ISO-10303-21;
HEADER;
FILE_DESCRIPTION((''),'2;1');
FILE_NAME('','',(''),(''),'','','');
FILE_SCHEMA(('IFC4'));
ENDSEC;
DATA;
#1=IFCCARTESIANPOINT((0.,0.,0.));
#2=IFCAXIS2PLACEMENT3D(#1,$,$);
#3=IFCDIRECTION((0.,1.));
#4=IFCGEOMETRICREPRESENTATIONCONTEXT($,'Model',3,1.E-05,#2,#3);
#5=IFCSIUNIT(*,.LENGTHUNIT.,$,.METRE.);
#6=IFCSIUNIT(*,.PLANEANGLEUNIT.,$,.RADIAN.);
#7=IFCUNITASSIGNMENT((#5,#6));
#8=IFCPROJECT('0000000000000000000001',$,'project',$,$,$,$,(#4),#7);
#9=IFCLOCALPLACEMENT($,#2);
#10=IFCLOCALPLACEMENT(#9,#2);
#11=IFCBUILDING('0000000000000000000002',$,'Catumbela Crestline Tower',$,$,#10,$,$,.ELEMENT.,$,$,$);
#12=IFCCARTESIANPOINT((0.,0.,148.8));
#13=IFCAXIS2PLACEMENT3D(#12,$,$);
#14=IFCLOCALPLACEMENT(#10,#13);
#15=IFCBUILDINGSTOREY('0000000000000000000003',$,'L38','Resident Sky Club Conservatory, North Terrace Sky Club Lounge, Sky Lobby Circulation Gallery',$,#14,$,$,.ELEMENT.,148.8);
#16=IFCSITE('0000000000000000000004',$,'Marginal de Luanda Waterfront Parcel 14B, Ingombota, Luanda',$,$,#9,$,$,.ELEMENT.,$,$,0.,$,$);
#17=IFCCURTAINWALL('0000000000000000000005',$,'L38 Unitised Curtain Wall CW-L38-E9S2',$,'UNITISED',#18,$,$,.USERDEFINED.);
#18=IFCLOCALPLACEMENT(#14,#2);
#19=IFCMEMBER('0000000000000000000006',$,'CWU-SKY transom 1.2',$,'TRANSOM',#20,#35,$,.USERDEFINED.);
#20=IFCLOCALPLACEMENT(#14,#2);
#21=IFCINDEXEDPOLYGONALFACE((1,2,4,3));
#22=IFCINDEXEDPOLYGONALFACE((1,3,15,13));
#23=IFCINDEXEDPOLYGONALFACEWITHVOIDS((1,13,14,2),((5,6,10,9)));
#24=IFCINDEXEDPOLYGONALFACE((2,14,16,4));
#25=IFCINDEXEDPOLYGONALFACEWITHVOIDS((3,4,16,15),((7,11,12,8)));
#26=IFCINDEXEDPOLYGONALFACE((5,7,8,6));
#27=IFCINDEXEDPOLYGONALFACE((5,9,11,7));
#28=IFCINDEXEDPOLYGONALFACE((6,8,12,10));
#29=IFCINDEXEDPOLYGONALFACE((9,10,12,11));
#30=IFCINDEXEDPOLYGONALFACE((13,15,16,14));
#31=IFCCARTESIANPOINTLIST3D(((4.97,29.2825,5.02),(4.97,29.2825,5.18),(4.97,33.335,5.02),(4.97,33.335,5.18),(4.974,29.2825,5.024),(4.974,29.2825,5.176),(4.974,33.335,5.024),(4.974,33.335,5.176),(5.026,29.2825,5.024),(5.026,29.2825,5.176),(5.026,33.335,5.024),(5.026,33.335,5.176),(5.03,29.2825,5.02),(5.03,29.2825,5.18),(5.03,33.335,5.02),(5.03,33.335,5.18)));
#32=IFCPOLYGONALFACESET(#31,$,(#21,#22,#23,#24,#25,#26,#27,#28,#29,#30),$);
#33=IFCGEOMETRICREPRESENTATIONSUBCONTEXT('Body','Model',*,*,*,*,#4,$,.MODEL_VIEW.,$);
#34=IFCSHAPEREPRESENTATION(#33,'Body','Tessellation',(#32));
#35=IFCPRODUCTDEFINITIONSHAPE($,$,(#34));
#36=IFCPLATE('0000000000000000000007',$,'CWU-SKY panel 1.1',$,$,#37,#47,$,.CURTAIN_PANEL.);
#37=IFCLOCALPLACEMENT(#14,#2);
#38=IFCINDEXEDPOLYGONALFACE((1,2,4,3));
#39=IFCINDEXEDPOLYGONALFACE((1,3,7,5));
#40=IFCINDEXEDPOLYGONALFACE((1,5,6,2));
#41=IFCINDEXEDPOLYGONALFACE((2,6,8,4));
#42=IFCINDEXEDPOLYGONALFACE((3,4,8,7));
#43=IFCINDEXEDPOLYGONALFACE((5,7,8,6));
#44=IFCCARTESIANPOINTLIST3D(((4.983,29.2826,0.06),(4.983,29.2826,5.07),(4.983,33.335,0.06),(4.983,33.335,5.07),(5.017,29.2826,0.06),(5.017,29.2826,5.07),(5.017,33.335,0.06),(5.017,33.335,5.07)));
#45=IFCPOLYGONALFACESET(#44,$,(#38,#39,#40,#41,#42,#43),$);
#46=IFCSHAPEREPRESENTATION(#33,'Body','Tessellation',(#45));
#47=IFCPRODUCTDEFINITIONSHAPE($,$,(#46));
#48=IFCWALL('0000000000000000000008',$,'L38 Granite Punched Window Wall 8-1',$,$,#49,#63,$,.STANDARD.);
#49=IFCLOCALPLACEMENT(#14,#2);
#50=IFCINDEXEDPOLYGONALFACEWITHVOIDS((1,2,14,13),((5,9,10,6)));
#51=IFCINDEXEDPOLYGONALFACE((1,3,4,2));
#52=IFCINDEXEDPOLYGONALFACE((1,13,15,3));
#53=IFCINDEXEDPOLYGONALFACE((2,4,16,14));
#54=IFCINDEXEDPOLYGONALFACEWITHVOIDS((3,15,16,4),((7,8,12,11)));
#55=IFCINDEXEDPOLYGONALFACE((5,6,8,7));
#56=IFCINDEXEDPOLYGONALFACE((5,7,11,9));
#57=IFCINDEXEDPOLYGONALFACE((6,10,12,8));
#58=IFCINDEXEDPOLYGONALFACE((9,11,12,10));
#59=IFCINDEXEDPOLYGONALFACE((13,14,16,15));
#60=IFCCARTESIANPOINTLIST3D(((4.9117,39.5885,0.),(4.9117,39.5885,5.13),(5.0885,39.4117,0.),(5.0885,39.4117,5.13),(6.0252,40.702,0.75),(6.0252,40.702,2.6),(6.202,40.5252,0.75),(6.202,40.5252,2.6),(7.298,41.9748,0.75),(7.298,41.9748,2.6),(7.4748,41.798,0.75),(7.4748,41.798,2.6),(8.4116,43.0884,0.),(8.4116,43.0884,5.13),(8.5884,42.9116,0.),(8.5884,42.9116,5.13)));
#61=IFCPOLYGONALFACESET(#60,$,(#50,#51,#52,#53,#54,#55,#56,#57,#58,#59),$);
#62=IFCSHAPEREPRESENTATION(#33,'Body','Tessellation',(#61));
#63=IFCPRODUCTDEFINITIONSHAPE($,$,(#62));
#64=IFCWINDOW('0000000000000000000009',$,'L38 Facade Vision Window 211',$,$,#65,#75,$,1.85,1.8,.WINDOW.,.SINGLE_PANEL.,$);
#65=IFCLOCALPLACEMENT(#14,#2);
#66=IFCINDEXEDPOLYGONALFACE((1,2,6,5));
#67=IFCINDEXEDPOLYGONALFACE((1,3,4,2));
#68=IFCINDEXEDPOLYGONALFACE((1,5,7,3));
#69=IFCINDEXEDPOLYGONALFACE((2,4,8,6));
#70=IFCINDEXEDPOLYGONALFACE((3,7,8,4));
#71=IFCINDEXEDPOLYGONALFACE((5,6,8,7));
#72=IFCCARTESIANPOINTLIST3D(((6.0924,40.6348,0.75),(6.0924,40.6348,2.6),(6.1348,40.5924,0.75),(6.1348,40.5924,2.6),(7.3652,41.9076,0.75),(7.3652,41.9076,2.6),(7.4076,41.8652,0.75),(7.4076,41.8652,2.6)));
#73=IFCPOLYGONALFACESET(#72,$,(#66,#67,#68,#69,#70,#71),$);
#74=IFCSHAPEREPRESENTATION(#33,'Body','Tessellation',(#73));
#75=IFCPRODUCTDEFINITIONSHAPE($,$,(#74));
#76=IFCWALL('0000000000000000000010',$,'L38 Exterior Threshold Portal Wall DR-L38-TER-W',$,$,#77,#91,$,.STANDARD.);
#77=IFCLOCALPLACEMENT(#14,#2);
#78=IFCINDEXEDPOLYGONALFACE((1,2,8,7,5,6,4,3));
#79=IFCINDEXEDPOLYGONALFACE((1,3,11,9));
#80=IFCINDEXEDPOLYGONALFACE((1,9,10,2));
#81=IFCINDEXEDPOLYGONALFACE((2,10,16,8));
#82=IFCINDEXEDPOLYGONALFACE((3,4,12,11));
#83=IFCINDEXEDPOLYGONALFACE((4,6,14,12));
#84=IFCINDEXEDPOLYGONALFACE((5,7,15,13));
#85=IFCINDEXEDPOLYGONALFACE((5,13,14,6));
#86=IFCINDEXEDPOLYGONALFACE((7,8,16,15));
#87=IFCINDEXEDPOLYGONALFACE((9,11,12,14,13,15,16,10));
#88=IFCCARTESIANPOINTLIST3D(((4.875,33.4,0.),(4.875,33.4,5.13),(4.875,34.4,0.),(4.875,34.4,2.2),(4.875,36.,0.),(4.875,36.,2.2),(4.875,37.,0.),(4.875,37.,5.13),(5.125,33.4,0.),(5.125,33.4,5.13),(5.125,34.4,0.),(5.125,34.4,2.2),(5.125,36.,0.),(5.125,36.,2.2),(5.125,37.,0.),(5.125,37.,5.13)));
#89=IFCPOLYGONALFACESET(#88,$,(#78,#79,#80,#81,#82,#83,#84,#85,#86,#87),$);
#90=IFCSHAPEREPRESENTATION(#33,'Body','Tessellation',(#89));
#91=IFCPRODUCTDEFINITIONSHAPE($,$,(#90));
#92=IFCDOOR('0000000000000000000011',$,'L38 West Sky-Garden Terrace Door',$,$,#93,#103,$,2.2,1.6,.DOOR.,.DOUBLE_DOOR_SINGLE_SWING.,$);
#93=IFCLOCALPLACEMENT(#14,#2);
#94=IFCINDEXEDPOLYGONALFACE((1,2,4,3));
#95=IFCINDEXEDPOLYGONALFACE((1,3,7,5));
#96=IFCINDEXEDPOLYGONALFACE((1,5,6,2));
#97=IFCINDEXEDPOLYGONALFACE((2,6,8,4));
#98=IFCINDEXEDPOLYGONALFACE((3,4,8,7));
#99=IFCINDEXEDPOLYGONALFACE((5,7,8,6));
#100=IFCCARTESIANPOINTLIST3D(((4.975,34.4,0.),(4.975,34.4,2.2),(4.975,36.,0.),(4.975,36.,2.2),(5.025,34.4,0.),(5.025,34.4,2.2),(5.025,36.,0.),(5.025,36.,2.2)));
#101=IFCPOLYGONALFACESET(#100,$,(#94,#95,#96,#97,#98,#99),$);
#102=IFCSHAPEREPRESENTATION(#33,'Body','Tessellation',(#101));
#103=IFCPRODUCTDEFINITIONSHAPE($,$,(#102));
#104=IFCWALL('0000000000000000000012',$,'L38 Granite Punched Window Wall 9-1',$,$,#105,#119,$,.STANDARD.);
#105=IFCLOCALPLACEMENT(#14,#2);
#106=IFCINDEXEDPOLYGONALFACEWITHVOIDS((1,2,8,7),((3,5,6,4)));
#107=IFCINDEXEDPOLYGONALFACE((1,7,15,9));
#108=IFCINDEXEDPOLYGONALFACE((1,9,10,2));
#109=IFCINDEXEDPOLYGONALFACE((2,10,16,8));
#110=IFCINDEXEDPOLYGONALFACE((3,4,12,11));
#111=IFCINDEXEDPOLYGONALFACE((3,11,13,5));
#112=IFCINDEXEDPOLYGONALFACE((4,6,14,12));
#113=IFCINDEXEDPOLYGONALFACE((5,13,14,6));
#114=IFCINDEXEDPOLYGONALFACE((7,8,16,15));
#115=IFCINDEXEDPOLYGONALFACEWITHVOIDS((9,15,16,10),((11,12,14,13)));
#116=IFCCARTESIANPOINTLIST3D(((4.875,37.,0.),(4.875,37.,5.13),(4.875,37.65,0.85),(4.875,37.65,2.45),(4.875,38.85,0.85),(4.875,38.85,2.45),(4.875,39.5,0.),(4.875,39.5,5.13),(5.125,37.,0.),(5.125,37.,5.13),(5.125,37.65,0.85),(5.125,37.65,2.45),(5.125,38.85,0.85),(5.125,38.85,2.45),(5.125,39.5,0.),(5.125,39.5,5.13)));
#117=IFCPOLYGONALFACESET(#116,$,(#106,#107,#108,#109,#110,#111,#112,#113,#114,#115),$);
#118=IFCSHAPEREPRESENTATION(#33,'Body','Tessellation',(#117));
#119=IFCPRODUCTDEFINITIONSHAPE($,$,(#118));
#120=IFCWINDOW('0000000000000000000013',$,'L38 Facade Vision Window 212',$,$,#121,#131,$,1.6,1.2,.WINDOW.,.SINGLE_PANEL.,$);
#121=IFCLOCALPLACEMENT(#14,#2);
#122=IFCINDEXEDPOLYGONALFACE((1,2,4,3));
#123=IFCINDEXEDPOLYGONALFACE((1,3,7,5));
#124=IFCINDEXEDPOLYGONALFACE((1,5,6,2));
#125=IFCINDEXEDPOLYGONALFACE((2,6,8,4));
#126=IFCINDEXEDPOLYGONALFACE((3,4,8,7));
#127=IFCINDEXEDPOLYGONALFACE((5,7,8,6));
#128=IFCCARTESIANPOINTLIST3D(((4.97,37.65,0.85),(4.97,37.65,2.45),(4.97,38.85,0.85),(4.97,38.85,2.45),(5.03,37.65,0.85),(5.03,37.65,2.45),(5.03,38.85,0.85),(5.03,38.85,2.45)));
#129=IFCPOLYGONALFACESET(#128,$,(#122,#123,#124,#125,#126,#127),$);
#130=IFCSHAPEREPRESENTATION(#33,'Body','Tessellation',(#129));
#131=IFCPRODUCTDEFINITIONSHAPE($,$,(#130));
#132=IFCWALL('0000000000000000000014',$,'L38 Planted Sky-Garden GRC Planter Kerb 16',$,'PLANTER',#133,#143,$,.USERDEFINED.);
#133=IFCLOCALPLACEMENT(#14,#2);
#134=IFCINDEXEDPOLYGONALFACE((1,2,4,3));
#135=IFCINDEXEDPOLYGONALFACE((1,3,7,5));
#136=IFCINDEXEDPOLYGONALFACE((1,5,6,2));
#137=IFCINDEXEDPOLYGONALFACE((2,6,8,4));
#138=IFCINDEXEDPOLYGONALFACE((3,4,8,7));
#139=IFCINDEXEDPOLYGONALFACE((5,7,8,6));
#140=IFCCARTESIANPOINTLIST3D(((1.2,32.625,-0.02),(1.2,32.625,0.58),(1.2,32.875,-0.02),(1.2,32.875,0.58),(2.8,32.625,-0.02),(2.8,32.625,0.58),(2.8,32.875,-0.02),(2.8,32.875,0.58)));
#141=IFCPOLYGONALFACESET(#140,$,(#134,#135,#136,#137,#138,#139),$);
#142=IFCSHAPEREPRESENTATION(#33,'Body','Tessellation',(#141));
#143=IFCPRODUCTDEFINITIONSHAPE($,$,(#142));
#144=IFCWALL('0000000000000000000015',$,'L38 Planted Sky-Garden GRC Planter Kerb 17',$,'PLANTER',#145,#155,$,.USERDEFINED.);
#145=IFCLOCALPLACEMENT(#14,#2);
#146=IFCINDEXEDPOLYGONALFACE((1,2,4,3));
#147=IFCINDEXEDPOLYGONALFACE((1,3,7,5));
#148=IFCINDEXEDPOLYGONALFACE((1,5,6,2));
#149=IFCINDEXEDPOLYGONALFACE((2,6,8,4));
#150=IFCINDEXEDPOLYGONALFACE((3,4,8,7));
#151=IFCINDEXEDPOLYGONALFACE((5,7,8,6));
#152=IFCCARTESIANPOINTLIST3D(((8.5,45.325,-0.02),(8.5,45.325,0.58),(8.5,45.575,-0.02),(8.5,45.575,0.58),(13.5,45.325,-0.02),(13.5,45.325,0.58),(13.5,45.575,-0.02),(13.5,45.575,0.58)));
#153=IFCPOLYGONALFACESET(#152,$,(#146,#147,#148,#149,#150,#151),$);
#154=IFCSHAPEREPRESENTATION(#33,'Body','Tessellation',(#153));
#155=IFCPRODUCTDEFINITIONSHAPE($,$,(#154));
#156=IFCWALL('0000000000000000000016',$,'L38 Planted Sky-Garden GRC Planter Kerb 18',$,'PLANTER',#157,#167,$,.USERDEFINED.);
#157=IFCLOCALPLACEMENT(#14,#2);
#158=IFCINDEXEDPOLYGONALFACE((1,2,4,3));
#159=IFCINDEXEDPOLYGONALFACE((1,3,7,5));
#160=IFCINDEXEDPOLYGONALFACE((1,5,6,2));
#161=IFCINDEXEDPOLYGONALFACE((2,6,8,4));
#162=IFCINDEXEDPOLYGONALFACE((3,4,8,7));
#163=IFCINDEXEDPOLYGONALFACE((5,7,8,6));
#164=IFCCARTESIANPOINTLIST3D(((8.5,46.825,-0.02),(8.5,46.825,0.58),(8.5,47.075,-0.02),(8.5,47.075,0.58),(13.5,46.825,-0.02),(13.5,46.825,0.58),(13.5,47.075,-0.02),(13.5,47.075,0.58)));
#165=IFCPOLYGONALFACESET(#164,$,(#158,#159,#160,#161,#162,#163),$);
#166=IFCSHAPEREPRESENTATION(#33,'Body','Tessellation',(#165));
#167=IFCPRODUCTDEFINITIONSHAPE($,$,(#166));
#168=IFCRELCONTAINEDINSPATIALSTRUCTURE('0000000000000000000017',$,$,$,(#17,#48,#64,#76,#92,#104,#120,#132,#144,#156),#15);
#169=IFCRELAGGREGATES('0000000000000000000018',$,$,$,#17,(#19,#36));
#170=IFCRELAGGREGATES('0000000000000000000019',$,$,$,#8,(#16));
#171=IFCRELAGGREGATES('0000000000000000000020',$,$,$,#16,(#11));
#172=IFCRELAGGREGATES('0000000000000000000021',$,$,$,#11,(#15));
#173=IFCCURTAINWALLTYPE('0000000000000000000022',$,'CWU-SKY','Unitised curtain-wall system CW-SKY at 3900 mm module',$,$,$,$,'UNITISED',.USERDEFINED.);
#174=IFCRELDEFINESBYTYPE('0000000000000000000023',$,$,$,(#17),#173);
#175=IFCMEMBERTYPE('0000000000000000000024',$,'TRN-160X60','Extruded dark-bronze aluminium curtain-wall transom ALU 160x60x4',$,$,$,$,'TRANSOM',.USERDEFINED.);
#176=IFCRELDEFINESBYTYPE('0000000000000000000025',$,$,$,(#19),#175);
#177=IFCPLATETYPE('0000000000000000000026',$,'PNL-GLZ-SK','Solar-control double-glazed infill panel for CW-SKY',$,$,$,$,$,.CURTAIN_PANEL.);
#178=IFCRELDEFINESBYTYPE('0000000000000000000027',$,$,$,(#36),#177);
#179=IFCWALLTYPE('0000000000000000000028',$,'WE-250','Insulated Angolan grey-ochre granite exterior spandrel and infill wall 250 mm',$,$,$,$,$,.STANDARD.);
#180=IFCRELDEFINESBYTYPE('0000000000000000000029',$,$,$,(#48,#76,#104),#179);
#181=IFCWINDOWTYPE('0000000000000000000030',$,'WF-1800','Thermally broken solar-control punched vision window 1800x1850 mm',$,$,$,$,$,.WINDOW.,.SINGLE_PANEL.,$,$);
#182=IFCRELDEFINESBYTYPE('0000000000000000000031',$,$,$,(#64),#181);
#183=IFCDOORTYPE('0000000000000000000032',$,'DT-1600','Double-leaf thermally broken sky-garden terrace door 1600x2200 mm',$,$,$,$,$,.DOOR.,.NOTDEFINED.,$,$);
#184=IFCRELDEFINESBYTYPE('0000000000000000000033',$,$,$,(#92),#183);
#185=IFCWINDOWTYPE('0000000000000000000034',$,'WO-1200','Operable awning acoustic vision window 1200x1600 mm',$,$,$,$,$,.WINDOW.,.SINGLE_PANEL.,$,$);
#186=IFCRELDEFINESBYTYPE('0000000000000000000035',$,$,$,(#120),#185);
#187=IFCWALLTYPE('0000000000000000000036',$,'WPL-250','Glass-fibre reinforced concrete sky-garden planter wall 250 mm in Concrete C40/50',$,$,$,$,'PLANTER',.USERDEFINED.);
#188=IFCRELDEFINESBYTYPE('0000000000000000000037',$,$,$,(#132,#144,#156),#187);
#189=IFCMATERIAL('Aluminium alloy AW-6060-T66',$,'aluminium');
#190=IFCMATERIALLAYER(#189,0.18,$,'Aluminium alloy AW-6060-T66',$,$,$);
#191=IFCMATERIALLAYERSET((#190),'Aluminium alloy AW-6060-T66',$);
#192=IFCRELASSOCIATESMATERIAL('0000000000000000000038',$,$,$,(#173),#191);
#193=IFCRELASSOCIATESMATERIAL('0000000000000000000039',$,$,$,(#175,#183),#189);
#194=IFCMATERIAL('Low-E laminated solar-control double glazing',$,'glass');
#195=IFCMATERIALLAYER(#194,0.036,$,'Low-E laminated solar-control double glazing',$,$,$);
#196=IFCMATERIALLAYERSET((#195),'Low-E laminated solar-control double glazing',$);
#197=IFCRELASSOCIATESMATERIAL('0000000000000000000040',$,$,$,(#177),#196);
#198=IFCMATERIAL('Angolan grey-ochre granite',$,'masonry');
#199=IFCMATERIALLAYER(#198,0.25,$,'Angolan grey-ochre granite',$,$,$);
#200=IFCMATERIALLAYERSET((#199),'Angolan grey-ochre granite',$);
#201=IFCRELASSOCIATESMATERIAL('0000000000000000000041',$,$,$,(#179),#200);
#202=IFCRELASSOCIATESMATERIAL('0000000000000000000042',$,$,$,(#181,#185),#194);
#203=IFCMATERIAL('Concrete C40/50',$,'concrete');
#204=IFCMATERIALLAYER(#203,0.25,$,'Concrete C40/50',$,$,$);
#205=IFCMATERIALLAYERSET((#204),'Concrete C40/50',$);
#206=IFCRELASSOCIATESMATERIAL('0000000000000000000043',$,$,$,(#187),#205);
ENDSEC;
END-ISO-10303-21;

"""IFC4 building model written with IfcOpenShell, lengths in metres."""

from ifc_helpers import new_model, si_unit, direction, frame, frame_2d, origin, origin_2d, place, context, subcontext, project, spatial, rectangle, hollow_rectangle, extrude, material, layer, layer_set, material_profile, profile_set, type_object, element, fill, aggregate, save


model = new_model("IFC4")

# Units and contexts
model_context = context("Model", 3, precision=1e-05, world=origin(), true_north=direction((0.0, 1.0)))
body_context = subcontext(model_context, "Body", "Model", "MODEL_VIEW")
ifc_project = project(units=[si_unit("LENGTHUNIT", "METRE"), si_unit("PLANEANGLEUNIT", "RADIAN")], contexts=[model_context])

# Site, building, storey
site_placement = place(None, origin())
site = spatial("IfcSite", under=ifc_project, at=site_placement, Name="Marginal de Luanda Waterfront Parcel 14B, Ingombota, Luanda", CompositionType="ELEMENT", RefElevation=0.0)
building_placement = place(site_placement, origin())
building = spatial("IfcBuilding", under=site, at=building_placement, Name="Catumbela Crestline Tower", CompositionType="ELEMENT")
storey_placement = place(building_placement, frame((0.0, 0.0, 148.8)))
storey = spatial("IfcBuildingStorey", under=building, at=storey_placement, Name="L38", Description="Resident Sky Club Conservatory, North Terrace Sky Club Lounge, Sky Lobby Circulation Gallery", CompositionType="ELEMENT", Elevation=148.8)

# Curtain wall
ifc_material_1 = material(Name="Aluminium alloy AW-6060-T66", Category="aluminium")
ifc_layer_1 = layer(ifc_material_1, 0.18, Name="Aluminium alloy AW-6060-T66")
ifc_layer_set_1 = layer_set([ifc_layer_1], Name="Aluminium alloy AW-6060-T66")
curtain_wall_type = type_object("IfcCurtainWallType", Name="CWU-SKY", Description="Unitised curtain-wall system CW-SKY at 3900 mm module", ElementType="UNITISED", PredefinedType="USERDEFINED", material=ifc_layer_set_1)
curtain_wall_placement = place(storey_placement, origin())
curtain_wall = element("IfcCurtainWall", 1, at=curtain_wall_placement, inside=storey, type_object=curtain_wall_type, Name="L38 Unitised Curtain Wall CW-L38-E9S2", ObjectType="UNITISED", PredefinedType="USERDEFINED")

# Member
ifc_material_profile_1 = material_profile(ifc_material_1, hollow_rectangle(XDim=0.06, YDim=0.16, WallThickness=0.004, at=origin_2d()), Name="ALU 160x60x4")
ifc_profile_set_1 = profile_set([ifc_material_profile_1], Name="Aluminium alloy AW-6060-T66")
member_type_1 = type_object("IfcMemberType", Name="TRN-160X60", Description="Extruded dark-bronze aluminium curtain-wall transom ALU 160x60x4", ElementType="TRANSOM", PredefinedType="USERDEFINED", material=ifc_profile_set_1)
member_1_placement = place(storey_placement, frame((5.0, 33.335, 5.1), z_axis=(0.0, -1.0, 0.0), x_axis=(1.0, 0.0, 0.0)))
member_1 = element("IfcMember", 2, at=member_1_placement, type_object=member_type_1, Name="CWU-SKY transom 1.2", ObjectType="TRANSOM", PredefinedType="USERDEFINED", context=body_context, shape_type="SweptSolid", body=[
    extrude(hollow_rectangle(XDim=0.06, YDim=0.16, WallThickness=0.004, at=origin_2d()), origin(), (0.0, 0.0, 1.0), 4.0525),
])

# Plate
ifc_material_2 = material(Name="Low-E laminated solar-control double glazing", Category="glass")
ifc_layer_2 = layer(ifc_material_2, 0.036, Name="Low-E laminated solar-control double glazing")
ifc_layer_set_2 = layer_set([ifc_layer_2], Name="Low-E laminated solar-control double glazing")
plate_type = type_object("IfcPlateType", Name="PNL-GLZ-SK", Description="Solar-control double-glazed infill panel for CW-SKY", PredefinedType="CURTAIN_PANEL", material=ifc_layer_set_2)
plate_placement = place(storey_placement, frame((5.0, 31.3088, 0.06), z_axis=(0.0, 0.0, 1.0), x_axis=(0.0, -1.0, 0.0)))
plate = element("IfcPlate", 3, at=plate_placement, type_object=plate_type, Name="CWU-SKY panel 1.1", PredefinedType="CURTAIN_PANEL", context=body_context, shape_type="SweptSolid", body=[
    extrude(rectangle(XDim=4.0525, YDim=0.034, at=origin_2d()), origin(), (0.0, 0.0, 1.0), 5.01),
])
aggregate(curtain_wall, [member_1, plate])

# Wall, opening, window
ifc_material_3 = material(Name="Angolan grey-ochre granite", Category="masonry")
ifc_layer_3 = layer(ifc_material_3, 0.25, Name="Angolan grey-ochre granite")
ifc_layer_set_3 = layer_set([ifc_layer_3], Name="Angolan grey-ochre granite")
wall_type_1 = type_object("IfcWallType", Name="WE-250", Description="Insulated Angolan grey-ochre granite exterior spandrel and infill wall 250 mm", PredefinedType="STANDARD", material=ifc_layer_set_3)
wall_1_placement = place(storey_placement, frame((8.5, 43.0, 0.0), z_axis=(0.0, 0.0, 1.0), x_axis=(-0.707107, -0.707107, 0.0)))
wall_1 = element("IfcWall", 4, at=wall_1_placement, inside=storey, type_object=wall_type_1, Name="L38 Granite Punched Window Wall 8-1", PredefinedType="STANDARD", context=body_context, shape_type="SweptSolid", body=[
    extrude(rectangle(XDim=4.9497, YDim=0.25, at=frame_2d((2.4748, 0.0))), origin(), (0.0, 0.0, 1.0), 5.13),
])
opening_1_placement = place(wall_1_placement, frame((1.5749, 0.0, 0.75)))
opening_1 = element("IfcOpeningElement", 5, at=opening_1_placement, cuts=wall_1, PredefinedType="OPENING", context=body_context, shape_type="SweptSolid", body=[
    extrude(rectangle(XDim=1.8, YDim=1.85, at=frame_2d((0.9, 0.925))), frame((0.0, 0.135, 0.0), z_axis=(0.0, -1.0, 0.0), x_axis=(1.0, 0.0, 0.0)), (0.0, 0.0, 1.0), 0.27),
])
window_type_1 = type_object("IfcWindowType", Name="WF-1800", Description="Thermally broken solar-control punched vision window 1800x1850 mm", PartitioningType="SINGLE_PANEL", PredefinedType="WINDOW", material=ifc_material_2)
window_1_placement = place(opening_1_placement, origin())
window_1 = element("IfcWindow", 6, at=window_1_placement, inside=storey, type_object=window_type_1, Name="L38 Facade Vision Window 211", OverallHeight=1.85, OverallWidth=1.8, PartitioningType="SINGLE_PANEL", PredefinedType="WINDOW", context=body_context, shape_type="SweptSolid", body=[
    extrude(rectangle(XDim=1.8, YDim=1.85, at=frame_2d((0.9, 0.925))), frame((0.0, 0.03, 0.0), z_axis=(0.0, -1.0, 0.0), x_axis=(1.0, 0.0, 0.0)), (0.0, 0.0, 1.0), 0.06),
])
fill(opening_1, window_1)

# Wall, opening, door
wall_2_placement = place(storey_placement, frame((5.0, 37.0, 0.0), z_axis=(0.0, 0.0, 1.0), x_axis=(0.0, -1.0, 0.0)))
wall_2 = element("IfcWall", 7, at=wall_2_placement, inside=storey, type_object=wall_type_1, Name="L38 Exterior Threshold Portal Wall DR-L38-TER-W", PredefinedType="STANDARD", context=body_context, shape_type="SweptSolid", body=[
    extrude(rectangle(XDim=3.6, YDim=0.25, at=frame_2d((1.8, 0.0))), origin(), (0.0, 0.0, 1.0), 5.13),
])
opening_2_placement = place(wall_2_placement, frame((1.0, 0.0, 0.0)))
opening_2 = element("IfcOpeningElement", 8, at=opening_2_placement, cuts=wall_2, PredefinedType="OPENING", context=body_context, shape_type="SweptSolid", body=[
    extrude(rectangle(XDim=1.6, YDim=2.2, at=frame_2d((0.8, 1.1))), frame((0.0, 0.135, 0.0), z_axis=(0.0, -1.0, 0.0), x_axis=(1.0, 0.0, 0.0)), (0.0, 0.0, 1.0), 0.27),
])
door_type = type_object("IfcDoorType", Name="DT-1600", Description="Double-leaf thermally broken sky-garden terrace door 1600x2200 mm", OperationType="NOTDEFINED", PredefinedType="DOOR", material=ifc_material_1)
door_placement = place(opening_2_placement, origin())
door = element("IfcDoor", 9, at=door_placement, inside=storey, type_object=door_type, Name="L38 West Sky-Garden Terrace Door", OperationType="DOUBLE_DOOR_SINGLE_SWING", OverallHeight=2.2, OverallWidth=1.6, PredefinedType="DOOR", context=body_context, shape_type="SweptSolid", body=[
    extrude(rectangle(XDim=1.6, YDim=2.2, at=frame_2d((0.8, 1.1))), frame((0.0, 0.025, 0.0), z_axis=(0.0, -1.0, 0.0), x_axis=(1.0, 0.0, 0.0)), (0.0, 0.0, 1.0), 0.05),
])
fill(opening_2, door)

# Wall, opening, window
wall_3_placement = place(storey_placement, frame((5.0, 39.5, 0.0), z_axis=(0.0, 0.0, 1.0), x_axis=(0.0, -1.0, 0.0)))
wall_3 = element("IfcWall", 10, at=wall_3_placement, inside=storey, type_object=wall_type_1, Name="L38 Granite Punched Window Wall 9-1", PredefinedType="STANDARD", context=body_context, shape_type="SweptSolid", body=[
    extrude(rectangle(XDim=2.5, YDim=0.25, at=frame_2d((1.25, 0.0))), origin(), (0.0, 0.0, 1.0), 5.13),
])
opening_3_placement = place(wall_3_placement, frame((0.65, 0.0, 0.85)))
opening_3 = element("IfcOpeningElement", 11, at=opening_3_placement, cuts=wall_3, PredefinedType="OPENING", context=body_context, shape_type="SweptSolid", body=[
    extrude(rectangle(XDim=1.2, YDim=1.6, at=frame_2d((0.6, 0.8))), frame((0.0, 0.135, 0.0), z_axis=(0.0, -1.0, 0.0), x_axis=(1.0, 0.0, 0.0)), (0.0, 0.0, 1.0), 0.27),
])
window_type_2 = type_object("IfcWindowType", Name="WO-1200", Description="Operable awning acoustic vision window 1200x1600 mm", PartitioningType="SINGLE_PANEL", PredefinedType="WINDOW", material=ifc_material_2)
window_2_placement = place(opening_3_placement, origin())
window_2 = element("IfcWindow", 12, at=window_2_placement, inside=storey, type_object=window_type_2, Name="L38 Facade Vision Window 212", OverallHeight=1.6, OverallWidth=1.2, PartitioningType="SINGLE_PANEL", PredefinedType="WINDOW", context=body_context, shape_type="SweptSolid", body=[
    extrude(rectangle(XDim=1.2, YDim=1.6, at=frame_2d((0.6, 0.8))), frame((0.0, 0.03, 0.0), z_axis=(0.0, -1.0, 0.0), x_axis=(1.0, 0.0, 0.0)), (0.0, 0.0, 1.0), 0.06),
])
fill(opening_3, window_2)

# Walls
ifc_material_4 = material(Name="Concrete C40/50", Category="concrete")
ifc_layer_4 = layer(ifc_material_4, 0.25, Name="Concrete C40/50")
ifc_layer_set_4 = layer_set([ifc_layer_4], Name="Concrete C40/50")
wall_type_2 = type_object("IfcWallType", Name="WPL-250", Description="Glass-fibre reinforced concrete sky-garden planter wall 250 mm in Concrete C40/50", ElementType="PLANTER", PredefinedType="USERDEFINED", material=ifc_layer_set_4)
wall_4_placement = place(storey_placement, frame((1.2, 32.75, -0.02), z_axis=(0.0, 0.0, 1.0), x_axis=(1.0, 0.0, 0.0)))
element("IfcWall", 13, at=wall_4_placement, inside=storey, type_object=wall_type_2, Name="L38 Planted Sky-Garden GRC Planter Kerb 16", ObjectType="PLANTER", PredefinedType="USERDEFINED", context=body_context, shape_type="SweptSolid", body=[
    extrude(rectangle(XDim=1.6, YDim=0.25, at=frame_2d((0.8, 0.0))), origin(), (0.0, 0.0, 1.0), 0.6),
])
for number, where, z_axis, x_axis, name in (
    (14, (8.5, 45.45, -0.02), (0.0, 0.0, 1.0), (1.0, 0.0, 0.0), "L38 Planted Sky-Garden GRC Planter Kerb 17"),
    (15, (8.5, 46.95, -0.02), (0.0, 0.0, 1.0), (1.0, 0.0, 0.0), "L38 Planted Sky-Garden GRC Planter Kerb 18"),
):
    element("IfcWall", number, at=place(storey_placement, frame(where, z_axis=z_axis, x_axis=x_axis)), inside=storey, type_object=wall_type_2, Name=name, ObjectType="PLANTER", PredefinedType="USERDEFINED", context=body_context, shape_type="SweptSolid", body=[
        extrude(rectangle(XDim=5.0, YDim=0.25, at=frame_2d((2.5, 0.0))), origin(), (0.0, 0.0, 1.0), 0.6),
    ])

save(model, "model.ifc")
